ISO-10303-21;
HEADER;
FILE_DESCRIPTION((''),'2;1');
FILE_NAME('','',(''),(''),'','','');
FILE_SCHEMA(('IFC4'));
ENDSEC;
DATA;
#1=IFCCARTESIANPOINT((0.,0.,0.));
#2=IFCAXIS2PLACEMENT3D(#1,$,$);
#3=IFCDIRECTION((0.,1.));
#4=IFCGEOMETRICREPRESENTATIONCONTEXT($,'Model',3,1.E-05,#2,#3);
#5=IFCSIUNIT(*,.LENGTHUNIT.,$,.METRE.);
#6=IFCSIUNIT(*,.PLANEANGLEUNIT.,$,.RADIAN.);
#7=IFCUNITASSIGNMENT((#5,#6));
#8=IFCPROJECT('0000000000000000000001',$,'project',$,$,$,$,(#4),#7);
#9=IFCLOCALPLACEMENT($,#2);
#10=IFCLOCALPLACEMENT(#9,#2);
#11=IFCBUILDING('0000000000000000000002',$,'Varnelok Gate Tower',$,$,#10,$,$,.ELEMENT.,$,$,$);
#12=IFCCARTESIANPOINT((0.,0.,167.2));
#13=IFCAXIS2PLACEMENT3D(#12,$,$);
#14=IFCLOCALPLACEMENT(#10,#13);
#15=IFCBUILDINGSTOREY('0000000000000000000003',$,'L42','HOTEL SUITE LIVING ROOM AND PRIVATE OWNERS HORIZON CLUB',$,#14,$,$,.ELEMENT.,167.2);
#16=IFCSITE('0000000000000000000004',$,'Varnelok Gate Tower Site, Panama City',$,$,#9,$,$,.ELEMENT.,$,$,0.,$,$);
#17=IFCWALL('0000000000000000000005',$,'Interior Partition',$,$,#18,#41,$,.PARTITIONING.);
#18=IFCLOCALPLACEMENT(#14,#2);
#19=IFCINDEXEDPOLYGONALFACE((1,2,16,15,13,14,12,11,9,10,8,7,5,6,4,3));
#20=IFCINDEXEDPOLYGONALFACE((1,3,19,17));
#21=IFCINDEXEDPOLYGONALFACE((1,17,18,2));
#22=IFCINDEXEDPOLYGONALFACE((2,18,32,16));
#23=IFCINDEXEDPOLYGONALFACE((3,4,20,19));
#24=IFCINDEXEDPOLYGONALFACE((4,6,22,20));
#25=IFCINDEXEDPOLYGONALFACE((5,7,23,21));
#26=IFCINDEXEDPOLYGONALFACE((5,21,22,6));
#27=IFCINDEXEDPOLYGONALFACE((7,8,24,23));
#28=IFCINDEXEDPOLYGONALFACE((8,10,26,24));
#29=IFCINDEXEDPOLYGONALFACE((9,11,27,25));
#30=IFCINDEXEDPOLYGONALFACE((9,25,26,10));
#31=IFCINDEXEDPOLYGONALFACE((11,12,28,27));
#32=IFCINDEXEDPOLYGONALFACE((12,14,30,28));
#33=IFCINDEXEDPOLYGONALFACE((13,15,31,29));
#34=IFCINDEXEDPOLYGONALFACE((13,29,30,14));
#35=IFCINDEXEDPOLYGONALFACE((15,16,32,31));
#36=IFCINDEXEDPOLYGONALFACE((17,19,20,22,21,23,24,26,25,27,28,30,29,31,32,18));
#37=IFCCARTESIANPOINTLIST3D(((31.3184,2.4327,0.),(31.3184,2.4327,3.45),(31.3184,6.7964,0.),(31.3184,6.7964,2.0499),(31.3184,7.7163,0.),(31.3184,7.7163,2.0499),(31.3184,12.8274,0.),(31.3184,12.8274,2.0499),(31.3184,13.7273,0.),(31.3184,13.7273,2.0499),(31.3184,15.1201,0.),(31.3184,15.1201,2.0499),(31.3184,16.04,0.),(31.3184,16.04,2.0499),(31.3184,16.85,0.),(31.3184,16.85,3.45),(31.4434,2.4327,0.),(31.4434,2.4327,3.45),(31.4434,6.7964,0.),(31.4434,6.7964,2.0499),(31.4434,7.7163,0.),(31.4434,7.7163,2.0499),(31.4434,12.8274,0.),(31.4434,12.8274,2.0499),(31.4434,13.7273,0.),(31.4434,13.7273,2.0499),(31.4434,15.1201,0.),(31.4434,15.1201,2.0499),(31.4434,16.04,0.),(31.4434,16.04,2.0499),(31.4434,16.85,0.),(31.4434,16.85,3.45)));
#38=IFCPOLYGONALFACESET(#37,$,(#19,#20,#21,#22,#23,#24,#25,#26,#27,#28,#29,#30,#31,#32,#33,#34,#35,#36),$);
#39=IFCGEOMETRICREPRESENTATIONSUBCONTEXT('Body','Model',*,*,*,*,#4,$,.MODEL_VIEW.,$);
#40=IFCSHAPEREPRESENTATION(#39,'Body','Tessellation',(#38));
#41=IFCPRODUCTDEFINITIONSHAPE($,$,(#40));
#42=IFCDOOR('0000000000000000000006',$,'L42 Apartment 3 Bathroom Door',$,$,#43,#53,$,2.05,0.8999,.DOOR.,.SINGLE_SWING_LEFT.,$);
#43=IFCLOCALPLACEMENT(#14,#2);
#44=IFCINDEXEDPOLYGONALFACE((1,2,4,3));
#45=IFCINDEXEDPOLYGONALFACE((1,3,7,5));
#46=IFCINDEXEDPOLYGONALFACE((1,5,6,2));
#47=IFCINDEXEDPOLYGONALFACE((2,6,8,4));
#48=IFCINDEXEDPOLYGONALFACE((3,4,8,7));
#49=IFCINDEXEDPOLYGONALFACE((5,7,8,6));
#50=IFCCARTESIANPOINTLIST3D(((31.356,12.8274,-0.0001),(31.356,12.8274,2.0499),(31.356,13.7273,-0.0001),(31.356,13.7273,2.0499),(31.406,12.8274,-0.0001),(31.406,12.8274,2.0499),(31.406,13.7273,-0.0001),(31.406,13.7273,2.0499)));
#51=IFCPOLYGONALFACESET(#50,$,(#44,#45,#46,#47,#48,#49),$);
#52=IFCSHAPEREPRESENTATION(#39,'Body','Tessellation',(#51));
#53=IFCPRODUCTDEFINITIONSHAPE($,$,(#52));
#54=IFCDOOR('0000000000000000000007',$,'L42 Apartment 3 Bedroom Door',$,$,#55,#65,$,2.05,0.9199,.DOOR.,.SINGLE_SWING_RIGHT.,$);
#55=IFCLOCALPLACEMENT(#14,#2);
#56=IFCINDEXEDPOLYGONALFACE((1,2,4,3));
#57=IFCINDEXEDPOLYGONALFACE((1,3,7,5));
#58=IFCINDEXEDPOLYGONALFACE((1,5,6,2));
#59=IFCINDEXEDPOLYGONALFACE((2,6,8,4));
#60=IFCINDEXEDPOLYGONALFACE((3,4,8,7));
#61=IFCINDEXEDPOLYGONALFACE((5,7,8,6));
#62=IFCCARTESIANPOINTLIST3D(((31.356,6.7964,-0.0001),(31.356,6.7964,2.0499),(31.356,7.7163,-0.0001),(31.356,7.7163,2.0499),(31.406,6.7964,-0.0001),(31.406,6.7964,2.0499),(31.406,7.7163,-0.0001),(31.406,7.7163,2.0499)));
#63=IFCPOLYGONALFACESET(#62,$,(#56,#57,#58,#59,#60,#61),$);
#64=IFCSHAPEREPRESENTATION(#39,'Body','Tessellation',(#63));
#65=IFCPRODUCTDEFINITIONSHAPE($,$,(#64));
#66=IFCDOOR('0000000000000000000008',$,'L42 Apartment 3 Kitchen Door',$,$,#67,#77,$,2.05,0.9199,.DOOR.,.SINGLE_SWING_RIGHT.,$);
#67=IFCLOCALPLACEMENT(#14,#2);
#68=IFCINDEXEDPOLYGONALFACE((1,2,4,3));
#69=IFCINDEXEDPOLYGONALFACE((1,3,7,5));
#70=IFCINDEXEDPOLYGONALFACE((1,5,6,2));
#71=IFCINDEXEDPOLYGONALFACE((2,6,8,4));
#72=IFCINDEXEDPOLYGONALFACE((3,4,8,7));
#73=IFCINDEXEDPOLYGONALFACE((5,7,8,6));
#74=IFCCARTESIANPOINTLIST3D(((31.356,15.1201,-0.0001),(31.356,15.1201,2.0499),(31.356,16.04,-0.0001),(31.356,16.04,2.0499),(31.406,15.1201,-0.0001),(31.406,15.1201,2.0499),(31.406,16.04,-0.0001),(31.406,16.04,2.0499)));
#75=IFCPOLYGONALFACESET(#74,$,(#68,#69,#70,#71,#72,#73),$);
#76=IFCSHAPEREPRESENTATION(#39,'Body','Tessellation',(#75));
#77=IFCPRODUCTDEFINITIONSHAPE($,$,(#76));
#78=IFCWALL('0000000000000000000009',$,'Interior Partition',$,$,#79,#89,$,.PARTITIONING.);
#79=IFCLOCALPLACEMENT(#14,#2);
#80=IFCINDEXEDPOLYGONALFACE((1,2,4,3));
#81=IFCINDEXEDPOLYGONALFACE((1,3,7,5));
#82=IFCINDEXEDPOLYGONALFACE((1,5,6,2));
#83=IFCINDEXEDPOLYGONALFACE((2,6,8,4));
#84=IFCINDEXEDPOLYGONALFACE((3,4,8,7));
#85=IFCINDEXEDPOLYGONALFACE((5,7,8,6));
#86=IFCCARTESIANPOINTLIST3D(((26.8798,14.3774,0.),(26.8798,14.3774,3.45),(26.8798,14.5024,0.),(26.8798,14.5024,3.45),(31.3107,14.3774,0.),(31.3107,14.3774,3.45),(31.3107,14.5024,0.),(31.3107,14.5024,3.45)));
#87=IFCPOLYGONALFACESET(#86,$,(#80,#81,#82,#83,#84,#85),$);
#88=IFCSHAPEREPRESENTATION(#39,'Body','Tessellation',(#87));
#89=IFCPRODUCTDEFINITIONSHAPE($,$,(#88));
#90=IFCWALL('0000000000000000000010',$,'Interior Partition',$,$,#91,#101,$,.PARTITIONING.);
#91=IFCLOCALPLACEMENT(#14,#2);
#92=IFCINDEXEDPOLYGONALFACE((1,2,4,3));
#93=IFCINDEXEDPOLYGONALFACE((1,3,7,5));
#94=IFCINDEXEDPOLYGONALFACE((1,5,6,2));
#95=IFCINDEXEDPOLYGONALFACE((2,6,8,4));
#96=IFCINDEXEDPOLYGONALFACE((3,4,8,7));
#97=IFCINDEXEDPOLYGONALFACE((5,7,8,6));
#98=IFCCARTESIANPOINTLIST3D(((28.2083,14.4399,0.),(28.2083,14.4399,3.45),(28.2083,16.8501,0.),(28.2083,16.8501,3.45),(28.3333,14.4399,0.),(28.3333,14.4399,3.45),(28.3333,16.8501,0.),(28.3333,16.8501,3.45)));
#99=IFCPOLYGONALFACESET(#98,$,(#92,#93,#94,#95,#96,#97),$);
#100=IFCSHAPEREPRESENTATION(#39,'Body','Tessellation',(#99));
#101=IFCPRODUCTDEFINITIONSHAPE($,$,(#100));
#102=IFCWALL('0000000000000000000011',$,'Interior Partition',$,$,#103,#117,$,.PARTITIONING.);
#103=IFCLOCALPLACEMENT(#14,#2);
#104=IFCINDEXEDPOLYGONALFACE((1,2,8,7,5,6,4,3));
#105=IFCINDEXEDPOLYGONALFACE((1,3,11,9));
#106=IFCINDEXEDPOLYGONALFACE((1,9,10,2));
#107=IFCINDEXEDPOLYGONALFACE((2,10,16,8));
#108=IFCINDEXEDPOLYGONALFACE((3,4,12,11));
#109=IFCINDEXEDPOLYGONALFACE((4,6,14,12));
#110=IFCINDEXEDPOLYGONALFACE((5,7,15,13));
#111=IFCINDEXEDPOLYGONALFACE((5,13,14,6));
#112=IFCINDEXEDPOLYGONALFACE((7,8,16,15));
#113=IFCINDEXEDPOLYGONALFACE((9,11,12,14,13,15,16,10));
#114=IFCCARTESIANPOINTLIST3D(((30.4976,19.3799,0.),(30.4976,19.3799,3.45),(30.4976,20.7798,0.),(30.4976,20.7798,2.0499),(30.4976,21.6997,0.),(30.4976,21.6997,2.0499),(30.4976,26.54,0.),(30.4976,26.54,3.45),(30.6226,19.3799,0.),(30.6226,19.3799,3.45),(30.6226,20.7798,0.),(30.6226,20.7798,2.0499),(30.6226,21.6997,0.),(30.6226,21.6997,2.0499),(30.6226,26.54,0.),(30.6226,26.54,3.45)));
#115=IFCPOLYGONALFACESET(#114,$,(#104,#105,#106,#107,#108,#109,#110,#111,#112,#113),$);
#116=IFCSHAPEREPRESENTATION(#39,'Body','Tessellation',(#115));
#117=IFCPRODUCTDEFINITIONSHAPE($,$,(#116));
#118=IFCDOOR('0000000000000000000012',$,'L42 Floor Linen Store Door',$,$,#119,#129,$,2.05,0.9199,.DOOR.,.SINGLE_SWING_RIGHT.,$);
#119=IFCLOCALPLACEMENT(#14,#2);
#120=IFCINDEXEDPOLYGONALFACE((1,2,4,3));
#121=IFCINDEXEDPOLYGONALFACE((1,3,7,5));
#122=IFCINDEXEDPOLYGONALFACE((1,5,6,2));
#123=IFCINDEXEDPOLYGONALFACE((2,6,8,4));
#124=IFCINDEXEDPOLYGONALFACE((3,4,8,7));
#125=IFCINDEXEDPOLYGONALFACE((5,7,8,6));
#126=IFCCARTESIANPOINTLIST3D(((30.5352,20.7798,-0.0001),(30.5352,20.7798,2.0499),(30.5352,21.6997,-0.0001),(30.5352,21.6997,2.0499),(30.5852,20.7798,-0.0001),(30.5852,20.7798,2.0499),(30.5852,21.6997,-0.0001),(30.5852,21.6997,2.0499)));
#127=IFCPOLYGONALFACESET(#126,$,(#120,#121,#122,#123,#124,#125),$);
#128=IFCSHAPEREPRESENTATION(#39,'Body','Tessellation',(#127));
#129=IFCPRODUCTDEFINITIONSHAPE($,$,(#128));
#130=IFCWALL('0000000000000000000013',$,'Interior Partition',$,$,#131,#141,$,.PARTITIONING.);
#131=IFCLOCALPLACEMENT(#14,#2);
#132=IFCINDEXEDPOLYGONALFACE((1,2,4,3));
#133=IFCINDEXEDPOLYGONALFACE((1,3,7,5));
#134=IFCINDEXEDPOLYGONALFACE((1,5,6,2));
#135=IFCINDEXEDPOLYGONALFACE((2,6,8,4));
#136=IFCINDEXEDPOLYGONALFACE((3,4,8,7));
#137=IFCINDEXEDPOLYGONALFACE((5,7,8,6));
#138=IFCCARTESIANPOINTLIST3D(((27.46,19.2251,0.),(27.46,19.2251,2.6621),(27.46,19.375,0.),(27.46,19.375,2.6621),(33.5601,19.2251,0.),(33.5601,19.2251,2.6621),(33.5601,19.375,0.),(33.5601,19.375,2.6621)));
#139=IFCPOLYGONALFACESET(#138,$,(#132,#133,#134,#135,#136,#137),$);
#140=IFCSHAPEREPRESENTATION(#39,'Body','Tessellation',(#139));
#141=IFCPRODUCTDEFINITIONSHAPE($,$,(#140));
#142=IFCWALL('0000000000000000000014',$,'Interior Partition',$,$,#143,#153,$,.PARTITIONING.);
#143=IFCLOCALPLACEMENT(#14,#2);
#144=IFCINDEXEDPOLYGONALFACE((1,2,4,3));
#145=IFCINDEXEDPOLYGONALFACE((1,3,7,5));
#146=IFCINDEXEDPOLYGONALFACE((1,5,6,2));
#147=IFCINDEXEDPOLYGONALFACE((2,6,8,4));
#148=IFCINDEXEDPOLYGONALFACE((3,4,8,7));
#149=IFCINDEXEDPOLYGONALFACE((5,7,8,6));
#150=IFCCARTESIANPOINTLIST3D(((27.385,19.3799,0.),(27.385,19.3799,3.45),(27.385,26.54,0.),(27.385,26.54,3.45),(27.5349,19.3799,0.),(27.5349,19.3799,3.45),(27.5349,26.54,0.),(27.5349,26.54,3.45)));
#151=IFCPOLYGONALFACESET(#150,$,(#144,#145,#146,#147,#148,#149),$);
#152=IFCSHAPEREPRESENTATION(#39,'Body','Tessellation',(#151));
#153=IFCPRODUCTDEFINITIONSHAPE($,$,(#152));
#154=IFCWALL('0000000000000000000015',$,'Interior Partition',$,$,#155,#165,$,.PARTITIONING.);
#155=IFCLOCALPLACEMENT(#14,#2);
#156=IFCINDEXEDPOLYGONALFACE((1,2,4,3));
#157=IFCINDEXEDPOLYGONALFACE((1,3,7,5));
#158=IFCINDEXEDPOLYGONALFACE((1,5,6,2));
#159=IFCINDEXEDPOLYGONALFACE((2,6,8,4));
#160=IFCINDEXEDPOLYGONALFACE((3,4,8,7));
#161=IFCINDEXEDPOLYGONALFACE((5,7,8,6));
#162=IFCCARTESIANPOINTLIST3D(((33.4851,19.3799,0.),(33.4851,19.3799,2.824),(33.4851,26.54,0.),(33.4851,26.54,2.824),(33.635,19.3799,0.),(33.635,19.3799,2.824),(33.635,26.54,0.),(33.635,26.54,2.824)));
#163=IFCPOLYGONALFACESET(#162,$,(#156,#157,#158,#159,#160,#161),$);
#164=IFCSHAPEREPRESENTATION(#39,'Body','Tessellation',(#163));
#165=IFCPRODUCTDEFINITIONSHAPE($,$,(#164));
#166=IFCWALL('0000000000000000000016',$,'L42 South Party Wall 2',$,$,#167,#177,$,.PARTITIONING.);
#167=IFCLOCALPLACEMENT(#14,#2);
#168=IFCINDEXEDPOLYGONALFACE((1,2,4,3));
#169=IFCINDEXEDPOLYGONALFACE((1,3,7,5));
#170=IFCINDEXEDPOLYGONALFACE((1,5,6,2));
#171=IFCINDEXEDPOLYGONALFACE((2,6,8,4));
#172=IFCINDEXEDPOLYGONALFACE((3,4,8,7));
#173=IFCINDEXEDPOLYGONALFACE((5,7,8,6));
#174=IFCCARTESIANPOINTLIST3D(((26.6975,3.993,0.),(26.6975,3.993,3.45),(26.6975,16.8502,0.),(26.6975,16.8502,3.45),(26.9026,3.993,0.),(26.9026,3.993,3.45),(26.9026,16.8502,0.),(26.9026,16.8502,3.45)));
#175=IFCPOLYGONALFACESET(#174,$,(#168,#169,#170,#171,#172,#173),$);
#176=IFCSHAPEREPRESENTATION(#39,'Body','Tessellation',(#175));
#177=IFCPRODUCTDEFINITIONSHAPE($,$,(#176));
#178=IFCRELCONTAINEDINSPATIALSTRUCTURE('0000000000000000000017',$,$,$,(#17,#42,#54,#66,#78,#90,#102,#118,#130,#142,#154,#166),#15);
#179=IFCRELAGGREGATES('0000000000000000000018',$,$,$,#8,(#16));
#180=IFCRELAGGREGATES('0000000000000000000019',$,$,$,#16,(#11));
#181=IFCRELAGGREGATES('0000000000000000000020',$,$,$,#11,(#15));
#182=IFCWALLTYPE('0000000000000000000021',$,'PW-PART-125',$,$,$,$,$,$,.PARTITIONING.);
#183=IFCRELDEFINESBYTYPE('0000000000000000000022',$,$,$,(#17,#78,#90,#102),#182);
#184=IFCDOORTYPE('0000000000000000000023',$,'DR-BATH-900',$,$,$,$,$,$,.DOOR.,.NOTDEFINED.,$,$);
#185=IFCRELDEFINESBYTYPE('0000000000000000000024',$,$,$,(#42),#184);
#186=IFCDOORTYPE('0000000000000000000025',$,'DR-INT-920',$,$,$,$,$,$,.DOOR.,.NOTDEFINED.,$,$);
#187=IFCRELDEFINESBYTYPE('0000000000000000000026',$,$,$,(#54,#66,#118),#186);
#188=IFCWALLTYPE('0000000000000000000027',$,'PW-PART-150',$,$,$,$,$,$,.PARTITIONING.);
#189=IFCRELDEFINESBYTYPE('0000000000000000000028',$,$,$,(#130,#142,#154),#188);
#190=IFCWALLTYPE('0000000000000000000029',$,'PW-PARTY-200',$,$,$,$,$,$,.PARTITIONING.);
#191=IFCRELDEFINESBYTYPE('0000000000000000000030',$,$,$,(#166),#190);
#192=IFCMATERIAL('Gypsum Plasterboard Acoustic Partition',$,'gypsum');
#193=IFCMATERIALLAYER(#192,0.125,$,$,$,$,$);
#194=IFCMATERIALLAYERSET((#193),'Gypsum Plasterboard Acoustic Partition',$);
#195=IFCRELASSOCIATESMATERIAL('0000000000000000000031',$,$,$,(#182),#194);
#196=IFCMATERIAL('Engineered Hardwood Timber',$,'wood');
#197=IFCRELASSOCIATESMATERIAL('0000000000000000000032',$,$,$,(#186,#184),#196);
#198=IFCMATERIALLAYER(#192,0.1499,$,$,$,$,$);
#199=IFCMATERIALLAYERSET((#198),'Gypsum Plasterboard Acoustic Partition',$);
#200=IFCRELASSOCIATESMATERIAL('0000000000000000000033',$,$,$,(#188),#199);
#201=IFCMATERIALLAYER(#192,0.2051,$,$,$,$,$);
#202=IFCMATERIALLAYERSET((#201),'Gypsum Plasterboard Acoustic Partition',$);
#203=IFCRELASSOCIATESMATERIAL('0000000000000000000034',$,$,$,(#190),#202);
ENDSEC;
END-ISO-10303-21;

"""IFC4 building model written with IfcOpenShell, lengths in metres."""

from ifc_helpers import new_model, si_unit, direction, frame, frame_2d, origin, place, context, subcontext, project, spatial, rectangle, extrude, material, layer, layer_set, type_object, element, fill, save


model = new_model("IFC4")

# Units and contexts
model_context = context("Model", 3, precision=1e-05, world=origin(), true_north=direction((0.0, 1.0)))
body_context = subcontext(model_context, "Body", "Model", "MODEL_VIEW")
ifc_project = project(units=[si_unit("LENGTHUNIT", "METRE"), si_unit("PLANEANGLEUNIT", "RADIAN")], contexts=[model_context])

# Site, building, storey
site_placement = place(None, origin())
site = spatial("IfcSite", under=ifc_project, at=site_placement, Name="Varnelok Gate Tower Site, Panama City", CompositionType="ELEMENT", RefElevation=0.0)
building_placement = place(site_placement, origin())
building = spatial("IfcBuilding", under=site, at=building_placement, Name="Varnelok Gate Tower", CompositionType="ELEMENT")
storey_placement = place(building_placement, frame((0.0, 0.0, 167.2)))
storey = spatial("IfcBuildingStorey", under=building, at=storey_placement, Name="L42", Description="HOTEL SUITE LIVING ROOM AND PRIVATE OWNERS HORIZON CLUB", CompositionType="ELEMENT", Elevation=167.2)

# Shared definitions
ifc_material_1 = material(Name="Gypsum Plasterboard Acoustic Partition", Category="gypsum")
ifc_material_2 = material(Name="Engineered Hardwood Timber", Category="wood")

# Shared definitions
ifc_layer_1 = layer(ifc_material_1, 0.125)
ifc_layer_set_1 = layer_set([ifc_layer_1], Name="Gypsum Plasterboard Acoustic Partition")
wall_type_1 = type_object("IfcWallType", Name="PW-PART-125", PredefinedType="PARTITIONING", material=ifc_layer_set_1)
door_type_1 = type_object("IfcDoorType", Name="DR-INT-920", OperationType="NOTDEFINED", PredefinedType="DOOR", material=ifc_material_2)

# Wall, openings, doors
wall_1_placement = place(storey_placement, frame((31.3809, 2.4329, 0.0), z_axis=(0.0, 0.0, 1.0), x_axis=(0.0, 1.0, 0.0)))
wall_1 = element("IfcWall", 1, at=wall_1_placement, inside=storey, type_object=wall_type_1, Name="Interior Partition", PredefinedType="PARTITIONING", context=body_context, shape_type="SweptSolid", body=[
    extrude(rectangle(XDim=14.4172, YDim=0.125, at=frame_2d((7.2085, 0.0))), origin(), (0.0, 0.0, 1.0), 3.45),
])
opening_1_placement = place(wall_1_placement, frame((4.3635, 0.0, 0.0)))
opening_1 = element("IfcOpeningElement", 2, at=opening_1_placement, cuts=wall_1, PredefinedType="OPENING", context=body_context, shape_type="SweptSolid", body=[
    extrude(rectangle(XDim=0.9199, YDim=2.05, at=frame_2d((0.46, 1.0249))), frame((0.0, 0.0725, 0.0), z_axis=(0.0, -1.0, 0.0), x_axis=(1.0, 0.0, 0.0)), (0.0, 0.0, 1.0), 0.145),
])
opening_2_placement = place(wall_1_placement, frame((10.3945, 0.0, 0.0)))
opening_2 = element("IfcOpeningElement", 3, at=opening_2_placement, cuts=wall_1, PredefinedType="OPENING", context=body_context, shape_type="SweptSolid", body=[
    extrude(rectangle(XDim=0.8999, YDim=2.05, at=frame_2d((0.45, 1.0249))), frame((0.0, 0.0725, 0.0), z_axis=(0.0, -1.0, 0.0), x_axis=(1.0, 0.0, 0.0)), (0.0, 0.0, 1.0), 0.145),
])
opening_3_placement = place(wall_1_placement, frame((12.6873, 0.0, 0.0)))
opening_3 = element("IfcOpeningElement", 4, at=opening_3_placement, cuts=wall_1, PredefinedType="OPENING", context=body_context, shape_type="SweptSolid", body=[
    extrude(rectangle(XDim=0.9199, YDim=2.05, at=frame_2d((0.46, 1.0249))), frame((0.0, 0.0725, 0.0), z_axis=(0.0, -1.0, 0.0), x_axis=(1.0, 0.0, 0.0)), (0.0, 0.0, 1.0), 0.145),
])
door_type_2 = type_object("IfcDoorType", Name="DR-BATH-900", OperationType="NOTDEFINED", PredefinedType="DOOR", material=ifc_material_2)
door_1_placement = place(opening_2_placement, origin())
door_1 = element("IfcDoor", 5, at=door_1_placement, inside=storey, type_object=door_type_2, Name="L42 Apartment 3 Bathroom Door", OperationType="SINGLE_SWING_LEFT", OverallHeight=2.05, OverallWidth=0.8999, PredefinedType="DOOR", context=body_context, shape_type="SweptSolid", body=[
    extrude(rectangle(XDim=0.8999, YDim=2.05, at=frame_2d((0.45, 1.0249))), frame((0.0, 0.0249, 0.0), z_axis=(0.0, -1.0, 0.0), x_axis=(1.0, 0.0, 0.0)), (0.0, 0.0, 1.0), 0.05),
])
fill(opening_2, door_1)
door_2_placement = place(opening_1_placement, origin())
door_2 = element("IfcDoor", 6, at=door_2_placement, inside=storey, type_object=door_type_1, Name="L42 Apartment 3 Bedroom Door", OperationType="SINGLE_SWING_RIGHT", OverallHeight=2.05, OverallWidth=0.9199, PredefinedType="DOOR", context=body_context, shape_type="SweptSolid", body=[
    extrude(rectangle(XDim=0.9199, YDim=2.05, at=frame_2d((0.46, 1.0249))), frame((0.0, 0.0249, 0.0), z_axis=(0.0, -1.0, 0.0), x_axis=(1.0, 0.0, 0.0)), (0.0, 0.0, 1.0), 0.05),
])
fill(opening_1, door_2)
door_3_placement = place(opening_3_placement, origin())
door_3 = element("IfcDoor", 7, at=door_3_placement, inside=storey, type_object=door_type_1, Name="L42 Apartment 3 Kitchen Door", OperationType="SINGLE_SWING_RIGHT", OverallHeight=2.05, OverallWidth=0.9199, PredefinedType="DOOR", context=body_context, shape_type="SweptSolid", body=[
    extrude(rectangle(XDim=0.9199, YDim=2.05, at=frame_2d((0.46, 1.0249))), frame((0.0, 0.0249, 0.0), z_axis=(0.0, -1.0, 0.0), x_axis=(1.0, 0.0, 0.0)), (0.0, 0.0, 1.0), 0.05),
])
fill(opening_3, door_3)

# Walls
wall_2_placement = place(storey_placement, frame((26.8799, 14.4399, 0.0), z_axis=(0.0, 0.0, 1.0), x_axis=(1.0, 0.0, 0.0)))
element("IfcWall", 8, at=wall_2_placement, inside=storey, type_object=wall_type_1, Name="Interior Partition", PredefinedType="PARTITIONING", context=body_context, shape_type="SweptSolid", body=[
    extrude(rectangle(XDim=4.4309, YDim=0.125, at=frame_2d((2.2153, 0.0))), origin(), (0.0, 0.0, 1.0), 3.45),
])
wall_3_placement = place(storey_placement, frame((28.2708, 14.4399, 0.0), z_axis=(0.0, 0.0, 1.0), x_axis=(0.0, 1.0, 0.0)))
element("IfcWall", 9, at=wall_3_placement, inside=storey, type_object=wall_type_1, Name="Interior Partition", PredefinedType="PARTITIONING", context=body_context, shape_type="SweptSolid", body=[
    extrude(rectangle(XDim=2.4102, YDim=0.125, at=frame_2d((1.2051, 0.0))), origin(), (0.0, 0.0, 1.0), 3.45),
])

# Wall, opening, door
wall_4_placement = place(storey_placement, frame((30.5601, 19.3799, 0.0), z_axis=(0.0, 0.0, 1.0), x_axis=(0.0, 1.0, 0.0)))
wall_4 = element("IfcWall", 10, at=wall_4_placement, inside=storey, type_object=wall_type_1, Name="Interior Partition", PredefinedType="PARTITIONING", context=body_context, shape_type="SweptSolid", body=[
    extrude(rectangle(XDim=7.1602, YDim=0.125, at=frame_2d((3.5801, 0.0))), origin(), (0.0, 0.0, 1.0), 3.45),
])
opening_4_placement = place(wall_4_placement, frame((1.3999, 0.0, 0.0)))
opening_4 = element("IfcOpeningElement", 11, at=opening_4_placement, cuts=wall_4, PredefinedType="OPENING", context=body_context, shape_type="SweptSolid", body=[
    extrude(rectangle(XDim=0.9199, YDim=2.05, at=frame_2d((0.46, 1.0249))), frame((0.0, 0.0725, 0.0), z_axis=(0.0, -1.0, 0.0), x_axis=(1.0, 0.0, 0.0)), (0.0, 0.0, 1.0), 0.145),
])
door_4_placement = place(opening_4_placement, origin())
door_4 = element("IfcDoor", 12, at=door_4_placement, inside=storey, type_object=door_type_1, Name="L42 Floor Linen Store Door", OperationType="SINGLE_SWING_RIGHT", OverallHeight=2.05, OverallWidth=0.9199, PredefinedType="DOOR", context=body_context, shape_type="SweptSolid", body=[
    extrude(rectangle(XDim=0.9199, YDim=2.05, at=frame_2d((0.46, 1.0249))), frame((0.0, 0.0249, 0.0), z_axis=(0.0, -1.0, 0.0), x_axis=(1.0, 0.0, 0.0)), (0.0, 0.0, 1.0), 0.05),
])
fill(opening_4, door_4)

# Walls
ifc_layer_2 = layer(ifc_material_1, 0.1499)
ifc_layer_set_2 = layer_set([ifc_layer_2], Name="Gypsum Plasterboard Acoustic Partition")
wall_type_2 = type_object("IfcWallType", Name="PW-PART-150", PredefinedType="PARTITIONING", material=ifc_layer_set_2)
wall_5_placement = place(storey_placement, frame((27.46, 19.3, 0.0), z_axis=(0.0, 0.0, 1.0), x_axis=(1.0, 0.0, 0.0)))
element("IfcWall", 13, at=wall_5_placement, inside=storey, type_object=wall_type_2, Name="Interior Partition", PredefinedType="PARTITIONING", context=body_context, shape_type="SweptSolid", body=[
    extrude(rectangle(XDim=6.1001, YDim=0.1499, at=frame_2d((3.05, 0.0))), origin(), (0.0, 0.0, 1.0), 2.6621),
])
wall_6_placement = place(storey_placement, frame((27.46, 19.3799, 0.0), z_axis=(0.0, 0.0, 1.0), x_axis=(0.0, 1.0, 0.0)))
element("IfcWall", 14, at=wall_6_placement, inside=storey, type_object=wall_type_2, Name="Interior Partition", PredefinedType="PARTITIONING", context=body_context, shape_type="SweptSolid", body=[
    extrude(rectangle(XDim=7.1602, YDim=0.1499, at=frame_2d((3.5801, 0.0))), origin(), (0.0, 0.0, 1.0), 3.45),
])
wall_7_placement = place(storey_placement, frame((33.5601, 19.3799, 0.0), z_axis=(0.0, 0.0, 1.0), x_axis=(0.0, 1.0, 0.0)))
element("IfcWall", 15, at=wall_7_placement, inside=storey, type_object=wall_type_2, Name="Interior Partition", PredefinedType="PARTITIONING", context=body_context, shape_type="SweptSolid", body=[
    extrude(rectangle(XDim=7.1602, YDim=0.1499, at=frame_2d((3.5801, 0.0))), origin(), (0.0, 0.0, 1.0), 2.824),
])
ifc_layer_3 = layer(ifc_material_1, 0.2051)
ifc_layer_set_3 = layer_set([ifc_layer_3], Name="Gypsum Plasterboard Acoustic Partition")
wall_type_3 = type_object("IfcWallType", Name="PW-PARTY-200", PredefinedType="PARTITIONING", material=ifc_layer_set_3)
wall_8_placement = place(storey_placement, frame((26.8, 3.9929, 0.0), z_axis=(0.0, 0.0, 1.0), x_axis=(0.0, 1.0, 0.0)))
element("IfcWall", 16, at=wall_8_placement, inside=storey, type_object=wall_type_3, Name="L42 South Party Wall 2", PredefinedType="PARTITIONING", context=body_context, shape_type="SweptSolid", body=[
    extrude(rectangle(XDim=12.8572, YDim=0.2051, at=frame_2d((6.4287, 0.0))), origin(), (0.0, 0.0, 1.0), 3.45),
])

save(model, "model.ifc")
